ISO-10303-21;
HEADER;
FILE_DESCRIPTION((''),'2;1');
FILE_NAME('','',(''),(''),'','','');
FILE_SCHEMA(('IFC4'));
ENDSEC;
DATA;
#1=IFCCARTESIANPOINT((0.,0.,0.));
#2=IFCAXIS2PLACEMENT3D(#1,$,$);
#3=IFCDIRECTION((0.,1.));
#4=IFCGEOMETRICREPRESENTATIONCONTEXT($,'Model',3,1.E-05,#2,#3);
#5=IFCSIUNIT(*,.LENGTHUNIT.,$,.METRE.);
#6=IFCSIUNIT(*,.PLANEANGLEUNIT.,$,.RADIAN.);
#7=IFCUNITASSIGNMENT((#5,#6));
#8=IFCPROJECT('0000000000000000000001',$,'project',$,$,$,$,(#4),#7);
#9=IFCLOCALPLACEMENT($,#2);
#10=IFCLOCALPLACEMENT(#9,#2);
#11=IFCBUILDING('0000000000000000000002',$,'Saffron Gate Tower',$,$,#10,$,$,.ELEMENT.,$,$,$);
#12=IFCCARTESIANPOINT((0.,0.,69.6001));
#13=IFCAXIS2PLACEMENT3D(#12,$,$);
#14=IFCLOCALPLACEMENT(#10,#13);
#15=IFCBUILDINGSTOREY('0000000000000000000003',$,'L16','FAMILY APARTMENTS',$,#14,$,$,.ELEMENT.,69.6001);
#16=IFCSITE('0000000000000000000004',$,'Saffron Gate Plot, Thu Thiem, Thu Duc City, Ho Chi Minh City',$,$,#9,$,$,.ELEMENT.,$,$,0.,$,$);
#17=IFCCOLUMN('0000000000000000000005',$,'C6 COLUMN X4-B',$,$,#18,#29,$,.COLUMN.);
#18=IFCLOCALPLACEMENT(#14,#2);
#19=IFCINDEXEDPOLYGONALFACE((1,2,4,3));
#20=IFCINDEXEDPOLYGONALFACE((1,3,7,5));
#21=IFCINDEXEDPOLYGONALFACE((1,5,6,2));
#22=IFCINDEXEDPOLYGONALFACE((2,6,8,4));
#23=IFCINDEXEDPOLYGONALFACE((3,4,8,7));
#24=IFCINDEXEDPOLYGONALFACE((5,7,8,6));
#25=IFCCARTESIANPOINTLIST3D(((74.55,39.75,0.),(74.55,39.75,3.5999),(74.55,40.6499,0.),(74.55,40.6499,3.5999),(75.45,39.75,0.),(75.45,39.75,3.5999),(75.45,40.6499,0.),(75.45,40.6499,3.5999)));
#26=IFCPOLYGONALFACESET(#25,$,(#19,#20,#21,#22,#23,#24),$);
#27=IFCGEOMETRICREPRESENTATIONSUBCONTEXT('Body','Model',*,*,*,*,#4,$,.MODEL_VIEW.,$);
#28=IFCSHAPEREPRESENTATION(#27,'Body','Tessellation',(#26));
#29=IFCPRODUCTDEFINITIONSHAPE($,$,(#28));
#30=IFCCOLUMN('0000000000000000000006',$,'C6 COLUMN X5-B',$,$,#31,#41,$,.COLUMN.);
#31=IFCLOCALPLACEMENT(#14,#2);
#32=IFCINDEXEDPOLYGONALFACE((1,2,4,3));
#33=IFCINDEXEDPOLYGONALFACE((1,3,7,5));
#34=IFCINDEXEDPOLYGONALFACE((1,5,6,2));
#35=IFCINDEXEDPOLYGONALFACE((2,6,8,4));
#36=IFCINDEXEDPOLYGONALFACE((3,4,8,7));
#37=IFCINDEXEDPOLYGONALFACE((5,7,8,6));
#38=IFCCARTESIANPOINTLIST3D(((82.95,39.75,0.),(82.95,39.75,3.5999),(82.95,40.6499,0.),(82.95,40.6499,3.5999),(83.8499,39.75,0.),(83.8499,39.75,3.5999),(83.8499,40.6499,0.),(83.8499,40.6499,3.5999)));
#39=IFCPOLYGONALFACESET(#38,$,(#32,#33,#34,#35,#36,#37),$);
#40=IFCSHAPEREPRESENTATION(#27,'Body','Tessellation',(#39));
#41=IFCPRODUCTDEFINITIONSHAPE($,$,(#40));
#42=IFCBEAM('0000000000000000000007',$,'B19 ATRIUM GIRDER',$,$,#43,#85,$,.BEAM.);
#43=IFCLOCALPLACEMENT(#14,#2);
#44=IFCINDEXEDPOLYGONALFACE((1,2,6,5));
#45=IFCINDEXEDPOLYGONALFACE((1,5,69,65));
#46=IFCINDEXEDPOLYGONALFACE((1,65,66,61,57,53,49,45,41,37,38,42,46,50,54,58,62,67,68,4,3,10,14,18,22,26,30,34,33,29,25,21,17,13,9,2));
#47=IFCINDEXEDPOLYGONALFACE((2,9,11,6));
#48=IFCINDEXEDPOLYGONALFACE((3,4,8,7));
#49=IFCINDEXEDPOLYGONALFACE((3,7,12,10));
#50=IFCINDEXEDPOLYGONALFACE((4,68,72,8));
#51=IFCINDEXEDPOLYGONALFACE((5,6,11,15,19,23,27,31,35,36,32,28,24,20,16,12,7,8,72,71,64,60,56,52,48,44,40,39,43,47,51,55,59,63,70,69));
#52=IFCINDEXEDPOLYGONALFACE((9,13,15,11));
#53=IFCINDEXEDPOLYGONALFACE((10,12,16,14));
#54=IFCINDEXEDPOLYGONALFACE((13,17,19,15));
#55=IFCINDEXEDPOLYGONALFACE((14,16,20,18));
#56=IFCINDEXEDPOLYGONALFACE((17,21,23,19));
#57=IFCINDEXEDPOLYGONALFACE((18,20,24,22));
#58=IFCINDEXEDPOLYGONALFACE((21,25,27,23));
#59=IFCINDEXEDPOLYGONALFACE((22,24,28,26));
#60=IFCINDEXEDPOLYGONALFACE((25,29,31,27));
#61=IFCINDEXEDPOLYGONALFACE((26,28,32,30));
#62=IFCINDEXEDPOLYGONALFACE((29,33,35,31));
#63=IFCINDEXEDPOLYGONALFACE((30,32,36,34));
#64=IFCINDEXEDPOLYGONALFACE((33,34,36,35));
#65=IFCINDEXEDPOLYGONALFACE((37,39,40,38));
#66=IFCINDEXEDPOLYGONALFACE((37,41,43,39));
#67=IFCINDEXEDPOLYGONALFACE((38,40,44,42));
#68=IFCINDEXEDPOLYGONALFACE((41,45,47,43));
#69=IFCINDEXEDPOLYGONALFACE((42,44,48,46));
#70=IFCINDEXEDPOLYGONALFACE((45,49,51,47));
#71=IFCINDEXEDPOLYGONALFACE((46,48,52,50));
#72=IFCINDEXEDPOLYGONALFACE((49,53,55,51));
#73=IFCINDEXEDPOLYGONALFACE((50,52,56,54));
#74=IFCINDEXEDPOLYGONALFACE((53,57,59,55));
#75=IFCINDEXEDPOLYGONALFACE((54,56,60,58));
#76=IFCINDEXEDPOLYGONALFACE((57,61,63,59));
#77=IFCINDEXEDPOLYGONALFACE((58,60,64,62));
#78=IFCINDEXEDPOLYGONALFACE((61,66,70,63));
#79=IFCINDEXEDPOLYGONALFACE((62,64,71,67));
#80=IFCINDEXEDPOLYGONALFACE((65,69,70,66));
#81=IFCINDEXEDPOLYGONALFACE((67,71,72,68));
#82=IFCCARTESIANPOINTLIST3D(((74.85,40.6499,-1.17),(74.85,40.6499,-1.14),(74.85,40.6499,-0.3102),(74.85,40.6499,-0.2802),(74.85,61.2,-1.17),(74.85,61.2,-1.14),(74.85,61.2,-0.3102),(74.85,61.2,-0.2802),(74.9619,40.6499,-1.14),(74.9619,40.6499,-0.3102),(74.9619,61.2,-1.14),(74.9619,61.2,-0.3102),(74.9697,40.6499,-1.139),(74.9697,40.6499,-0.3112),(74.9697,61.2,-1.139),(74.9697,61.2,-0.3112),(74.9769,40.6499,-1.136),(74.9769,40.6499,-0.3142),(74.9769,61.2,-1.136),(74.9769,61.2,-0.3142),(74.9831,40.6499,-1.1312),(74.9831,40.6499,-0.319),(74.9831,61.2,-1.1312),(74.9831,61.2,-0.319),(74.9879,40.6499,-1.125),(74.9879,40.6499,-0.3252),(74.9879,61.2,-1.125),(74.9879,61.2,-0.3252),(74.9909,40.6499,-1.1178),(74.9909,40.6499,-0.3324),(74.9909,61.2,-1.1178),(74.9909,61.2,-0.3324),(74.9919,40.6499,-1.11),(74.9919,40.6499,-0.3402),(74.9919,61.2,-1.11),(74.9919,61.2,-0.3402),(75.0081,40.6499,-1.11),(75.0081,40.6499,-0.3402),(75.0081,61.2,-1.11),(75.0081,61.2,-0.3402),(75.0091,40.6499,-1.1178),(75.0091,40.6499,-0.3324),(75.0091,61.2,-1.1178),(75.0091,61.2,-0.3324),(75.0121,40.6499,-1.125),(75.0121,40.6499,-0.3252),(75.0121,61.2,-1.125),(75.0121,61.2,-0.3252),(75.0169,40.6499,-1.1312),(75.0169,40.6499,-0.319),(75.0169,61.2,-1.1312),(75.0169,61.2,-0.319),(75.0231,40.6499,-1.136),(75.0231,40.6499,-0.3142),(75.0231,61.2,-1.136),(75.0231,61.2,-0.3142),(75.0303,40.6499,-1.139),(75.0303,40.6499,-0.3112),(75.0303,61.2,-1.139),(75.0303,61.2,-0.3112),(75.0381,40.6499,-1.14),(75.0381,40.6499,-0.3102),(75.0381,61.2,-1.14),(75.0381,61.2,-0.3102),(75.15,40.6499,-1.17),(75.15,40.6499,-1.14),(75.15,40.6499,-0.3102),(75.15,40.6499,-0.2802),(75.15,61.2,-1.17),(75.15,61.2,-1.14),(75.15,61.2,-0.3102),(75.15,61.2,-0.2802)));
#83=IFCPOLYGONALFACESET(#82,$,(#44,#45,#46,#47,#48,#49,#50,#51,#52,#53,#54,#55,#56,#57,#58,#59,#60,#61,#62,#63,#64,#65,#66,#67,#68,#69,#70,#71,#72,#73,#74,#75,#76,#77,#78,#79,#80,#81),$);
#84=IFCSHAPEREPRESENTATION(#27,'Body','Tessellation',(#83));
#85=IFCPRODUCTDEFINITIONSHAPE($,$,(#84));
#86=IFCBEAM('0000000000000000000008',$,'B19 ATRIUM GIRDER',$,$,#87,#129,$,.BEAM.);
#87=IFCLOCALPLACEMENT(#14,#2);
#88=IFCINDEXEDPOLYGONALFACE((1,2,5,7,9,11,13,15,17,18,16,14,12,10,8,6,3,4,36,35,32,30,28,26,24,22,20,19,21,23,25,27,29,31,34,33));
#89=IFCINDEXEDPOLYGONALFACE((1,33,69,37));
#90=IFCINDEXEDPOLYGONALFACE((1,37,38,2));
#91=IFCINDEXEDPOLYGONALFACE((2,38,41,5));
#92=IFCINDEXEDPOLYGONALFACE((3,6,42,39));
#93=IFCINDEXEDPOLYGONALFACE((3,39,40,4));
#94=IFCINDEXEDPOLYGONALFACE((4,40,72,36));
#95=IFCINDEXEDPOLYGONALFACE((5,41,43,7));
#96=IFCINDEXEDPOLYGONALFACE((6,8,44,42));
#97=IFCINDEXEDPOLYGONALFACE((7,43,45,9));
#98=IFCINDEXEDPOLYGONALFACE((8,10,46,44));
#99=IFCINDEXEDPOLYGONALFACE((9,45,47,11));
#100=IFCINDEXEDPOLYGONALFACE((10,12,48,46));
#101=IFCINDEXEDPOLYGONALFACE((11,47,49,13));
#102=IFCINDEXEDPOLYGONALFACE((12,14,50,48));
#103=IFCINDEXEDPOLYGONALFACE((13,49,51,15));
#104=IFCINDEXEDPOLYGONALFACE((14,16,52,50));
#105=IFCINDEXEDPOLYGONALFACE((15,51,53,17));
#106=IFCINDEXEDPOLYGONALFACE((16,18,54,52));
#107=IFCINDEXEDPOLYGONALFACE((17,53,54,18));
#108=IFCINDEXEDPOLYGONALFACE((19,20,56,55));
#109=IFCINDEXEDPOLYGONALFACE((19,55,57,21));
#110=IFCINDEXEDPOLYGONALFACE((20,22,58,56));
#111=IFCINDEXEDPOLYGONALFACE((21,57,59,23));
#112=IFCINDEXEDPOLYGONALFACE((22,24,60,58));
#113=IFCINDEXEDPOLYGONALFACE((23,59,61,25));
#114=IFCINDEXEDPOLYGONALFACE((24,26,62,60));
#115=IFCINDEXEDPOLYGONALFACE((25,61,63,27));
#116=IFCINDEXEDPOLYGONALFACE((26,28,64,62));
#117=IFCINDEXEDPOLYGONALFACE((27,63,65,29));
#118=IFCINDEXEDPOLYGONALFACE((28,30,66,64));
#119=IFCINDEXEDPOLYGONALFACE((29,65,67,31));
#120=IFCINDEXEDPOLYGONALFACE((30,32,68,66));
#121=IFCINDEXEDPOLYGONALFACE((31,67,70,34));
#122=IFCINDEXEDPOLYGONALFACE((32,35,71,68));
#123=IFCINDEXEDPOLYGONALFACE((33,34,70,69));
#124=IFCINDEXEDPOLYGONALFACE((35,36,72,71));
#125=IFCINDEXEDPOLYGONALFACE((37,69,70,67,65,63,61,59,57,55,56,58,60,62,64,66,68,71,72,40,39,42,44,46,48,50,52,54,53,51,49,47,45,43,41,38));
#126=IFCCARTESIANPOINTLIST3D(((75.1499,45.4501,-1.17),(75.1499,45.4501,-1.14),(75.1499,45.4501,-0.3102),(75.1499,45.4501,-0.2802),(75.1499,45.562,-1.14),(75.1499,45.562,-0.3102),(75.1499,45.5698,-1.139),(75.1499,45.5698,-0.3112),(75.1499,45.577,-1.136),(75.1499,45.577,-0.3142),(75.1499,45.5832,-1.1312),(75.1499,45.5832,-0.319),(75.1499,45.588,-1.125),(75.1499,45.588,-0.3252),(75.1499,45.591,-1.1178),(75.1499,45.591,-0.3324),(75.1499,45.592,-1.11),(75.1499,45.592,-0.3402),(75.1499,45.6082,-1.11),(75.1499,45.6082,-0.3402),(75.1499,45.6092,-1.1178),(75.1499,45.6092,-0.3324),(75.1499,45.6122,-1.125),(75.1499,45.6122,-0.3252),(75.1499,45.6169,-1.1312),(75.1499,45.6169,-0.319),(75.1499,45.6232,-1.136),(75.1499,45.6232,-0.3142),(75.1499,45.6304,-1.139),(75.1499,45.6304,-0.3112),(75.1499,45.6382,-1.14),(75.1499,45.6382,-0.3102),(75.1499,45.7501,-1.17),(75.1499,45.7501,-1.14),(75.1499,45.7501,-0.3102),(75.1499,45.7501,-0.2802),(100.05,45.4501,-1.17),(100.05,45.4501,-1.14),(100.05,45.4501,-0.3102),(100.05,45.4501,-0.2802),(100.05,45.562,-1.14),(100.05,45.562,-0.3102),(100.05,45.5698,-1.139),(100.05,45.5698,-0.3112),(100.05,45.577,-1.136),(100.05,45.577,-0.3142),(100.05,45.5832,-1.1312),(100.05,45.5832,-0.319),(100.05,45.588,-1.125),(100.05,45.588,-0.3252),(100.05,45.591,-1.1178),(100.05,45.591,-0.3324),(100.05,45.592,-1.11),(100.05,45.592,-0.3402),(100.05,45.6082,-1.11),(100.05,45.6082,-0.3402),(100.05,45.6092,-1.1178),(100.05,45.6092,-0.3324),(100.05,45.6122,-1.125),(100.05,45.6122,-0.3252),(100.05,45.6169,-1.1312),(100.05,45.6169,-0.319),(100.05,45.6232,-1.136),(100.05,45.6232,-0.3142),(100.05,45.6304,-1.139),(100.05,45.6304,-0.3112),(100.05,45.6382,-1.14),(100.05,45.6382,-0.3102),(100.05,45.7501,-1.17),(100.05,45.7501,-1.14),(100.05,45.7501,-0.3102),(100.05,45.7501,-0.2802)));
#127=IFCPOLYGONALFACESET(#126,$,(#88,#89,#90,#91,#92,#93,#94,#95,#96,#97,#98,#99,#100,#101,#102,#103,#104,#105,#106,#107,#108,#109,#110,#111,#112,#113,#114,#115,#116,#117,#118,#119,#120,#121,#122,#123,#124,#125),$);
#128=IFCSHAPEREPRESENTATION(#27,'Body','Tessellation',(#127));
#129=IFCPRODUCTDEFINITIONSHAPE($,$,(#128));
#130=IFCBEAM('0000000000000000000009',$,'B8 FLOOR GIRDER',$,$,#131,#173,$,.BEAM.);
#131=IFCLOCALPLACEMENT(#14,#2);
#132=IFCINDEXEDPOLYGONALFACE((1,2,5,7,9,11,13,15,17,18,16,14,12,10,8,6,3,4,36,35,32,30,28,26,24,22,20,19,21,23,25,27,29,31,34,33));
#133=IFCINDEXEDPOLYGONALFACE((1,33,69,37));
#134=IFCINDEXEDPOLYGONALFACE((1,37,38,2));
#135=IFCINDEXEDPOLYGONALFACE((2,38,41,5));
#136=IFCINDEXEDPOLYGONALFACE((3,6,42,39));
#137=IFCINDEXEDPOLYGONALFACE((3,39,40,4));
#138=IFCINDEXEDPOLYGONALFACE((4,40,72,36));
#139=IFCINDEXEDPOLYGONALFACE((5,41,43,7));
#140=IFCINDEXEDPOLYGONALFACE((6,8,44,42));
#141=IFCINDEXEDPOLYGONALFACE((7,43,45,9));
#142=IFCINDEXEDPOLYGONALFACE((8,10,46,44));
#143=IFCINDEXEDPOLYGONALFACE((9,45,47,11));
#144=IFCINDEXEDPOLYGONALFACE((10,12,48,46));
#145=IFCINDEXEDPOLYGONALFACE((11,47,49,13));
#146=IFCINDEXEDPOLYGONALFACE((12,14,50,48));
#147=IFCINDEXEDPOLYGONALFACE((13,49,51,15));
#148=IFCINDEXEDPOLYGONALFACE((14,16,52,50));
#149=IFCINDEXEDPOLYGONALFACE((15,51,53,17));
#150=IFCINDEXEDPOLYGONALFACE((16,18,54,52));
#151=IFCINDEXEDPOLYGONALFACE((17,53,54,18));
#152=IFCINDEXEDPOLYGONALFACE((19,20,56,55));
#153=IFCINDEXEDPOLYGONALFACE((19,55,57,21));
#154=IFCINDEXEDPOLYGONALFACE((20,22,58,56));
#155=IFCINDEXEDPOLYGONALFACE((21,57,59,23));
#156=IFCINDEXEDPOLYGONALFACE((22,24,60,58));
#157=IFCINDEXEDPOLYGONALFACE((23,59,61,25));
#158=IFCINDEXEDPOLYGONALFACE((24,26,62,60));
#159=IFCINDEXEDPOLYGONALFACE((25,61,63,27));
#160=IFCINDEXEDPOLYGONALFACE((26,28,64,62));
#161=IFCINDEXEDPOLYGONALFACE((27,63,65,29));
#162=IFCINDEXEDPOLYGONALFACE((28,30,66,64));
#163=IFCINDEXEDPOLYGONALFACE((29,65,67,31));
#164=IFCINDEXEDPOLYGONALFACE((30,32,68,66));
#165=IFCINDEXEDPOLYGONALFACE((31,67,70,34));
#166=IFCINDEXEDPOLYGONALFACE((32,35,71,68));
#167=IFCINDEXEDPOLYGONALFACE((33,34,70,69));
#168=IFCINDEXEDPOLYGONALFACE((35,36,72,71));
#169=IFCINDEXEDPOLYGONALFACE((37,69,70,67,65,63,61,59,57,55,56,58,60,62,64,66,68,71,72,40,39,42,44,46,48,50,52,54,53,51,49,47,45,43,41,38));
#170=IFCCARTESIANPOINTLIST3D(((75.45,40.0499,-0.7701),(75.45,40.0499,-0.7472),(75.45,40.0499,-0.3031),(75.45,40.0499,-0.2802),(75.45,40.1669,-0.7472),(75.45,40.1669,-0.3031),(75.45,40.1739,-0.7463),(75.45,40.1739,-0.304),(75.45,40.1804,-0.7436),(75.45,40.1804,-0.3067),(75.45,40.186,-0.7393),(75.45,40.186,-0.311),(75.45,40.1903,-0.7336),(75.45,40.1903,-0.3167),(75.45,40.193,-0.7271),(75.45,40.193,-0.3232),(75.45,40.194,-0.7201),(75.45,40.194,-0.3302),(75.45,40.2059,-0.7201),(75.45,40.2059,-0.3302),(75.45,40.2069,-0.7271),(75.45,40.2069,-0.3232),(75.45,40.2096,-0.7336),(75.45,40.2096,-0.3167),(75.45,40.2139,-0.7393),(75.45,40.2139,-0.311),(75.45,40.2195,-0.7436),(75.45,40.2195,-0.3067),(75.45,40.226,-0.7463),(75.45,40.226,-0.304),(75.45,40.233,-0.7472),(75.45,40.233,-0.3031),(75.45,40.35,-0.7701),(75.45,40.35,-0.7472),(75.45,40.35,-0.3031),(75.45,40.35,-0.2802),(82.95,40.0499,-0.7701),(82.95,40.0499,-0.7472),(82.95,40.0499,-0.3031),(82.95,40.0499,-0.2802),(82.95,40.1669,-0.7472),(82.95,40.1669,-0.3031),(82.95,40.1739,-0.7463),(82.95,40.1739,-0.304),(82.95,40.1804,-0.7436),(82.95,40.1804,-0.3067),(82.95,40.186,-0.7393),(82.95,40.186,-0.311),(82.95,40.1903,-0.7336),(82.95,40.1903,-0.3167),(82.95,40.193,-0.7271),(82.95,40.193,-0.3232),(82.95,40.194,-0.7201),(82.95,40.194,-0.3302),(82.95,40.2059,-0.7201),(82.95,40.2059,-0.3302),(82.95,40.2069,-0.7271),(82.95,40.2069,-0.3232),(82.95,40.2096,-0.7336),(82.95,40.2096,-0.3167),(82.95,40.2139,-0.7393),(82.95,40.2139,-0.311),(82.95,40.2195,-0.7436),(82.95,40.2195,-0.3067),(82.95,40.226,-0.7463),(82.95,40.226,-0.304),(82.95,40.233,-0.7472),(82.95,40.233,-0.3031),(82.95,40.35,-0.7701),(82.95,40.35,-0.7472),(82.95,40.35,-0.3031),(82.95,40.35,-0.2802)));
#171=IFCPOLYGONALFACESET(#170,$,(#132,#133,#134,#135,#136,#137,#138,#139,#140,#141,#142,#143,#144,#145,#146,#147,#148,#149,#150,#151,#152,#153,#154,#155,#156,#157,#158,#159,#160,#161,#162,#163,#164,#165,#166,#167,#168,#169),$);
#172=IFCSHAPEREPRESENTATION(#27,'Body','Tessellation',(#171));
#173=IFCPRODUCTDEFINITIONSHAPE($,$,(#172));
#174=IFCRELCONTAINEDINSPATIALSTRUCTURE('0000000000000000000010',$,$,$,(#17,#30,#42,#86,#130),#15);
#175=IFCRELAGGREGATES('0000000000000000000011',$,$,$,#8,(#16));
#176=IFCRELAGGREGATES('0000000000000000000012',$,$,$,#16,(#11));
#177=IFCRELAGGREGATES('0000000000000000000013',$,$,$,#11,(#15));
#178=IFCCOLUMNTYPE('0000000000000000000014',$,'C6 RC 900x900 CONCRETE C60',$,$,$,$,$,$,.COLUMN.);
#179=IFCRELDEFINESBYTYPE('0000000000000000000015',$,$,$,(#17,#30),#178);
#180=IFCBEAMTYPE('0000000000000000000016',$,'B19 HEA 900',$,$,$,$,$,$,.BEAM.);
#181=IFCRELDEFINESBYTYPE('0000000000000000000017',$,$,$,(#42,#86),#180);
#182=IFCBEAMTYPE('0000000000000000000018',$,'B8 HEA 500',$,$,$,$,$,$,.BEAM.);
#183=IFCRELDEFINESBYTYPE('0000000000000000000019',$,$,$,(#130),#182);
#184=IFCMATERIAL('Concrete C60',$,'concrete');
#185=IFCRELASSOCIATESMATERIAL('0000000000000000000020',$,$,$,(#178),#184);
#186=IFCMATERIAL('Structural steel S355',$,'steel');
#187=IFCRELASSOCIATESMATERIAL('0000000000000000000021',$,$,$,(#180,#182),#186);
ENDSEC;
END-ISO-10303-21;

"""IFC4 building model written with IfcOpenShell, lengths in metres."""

from ifc_helpers import new_model, si_unit, direction, frame, origin, origin_2d, place, context, subcontext, project, spatial, rectangle, i_section, extrude, material, material_profile, profile_set, type_object, element, save


model = new_model("IFC4")

# Units and contexts
model_context = context("Model", 3, precision=1e-05, world=origin(), true_north=direction((0.0, 1.0)))
body_context = subcontext(model_context, "Body", "Model", "MODEL_VIEW")
ifc_project = project(units=[si_unit("LENGTHUNIT", "METRE"), si_unit("PLANEANGLEUNIT", "RADIAN")], contexts=[model_context])

# Site, building, storey
site_placement = place(None, origin())
site = spatial("IfcSite", under=ifc_project, at=site_placement, Name="Saffron Gate Plot, Thu Thiem, Thu Duc City, Ho Chi Minh City", CompositionType="ELEMENT", RefElevation=0.0)
building_placement = place(site_placement, origin())
building = spatial("IfcBuilding", under=site, at=building_placement, Name="Saffron Gate Tower", CompositionType="ELEMENT")
storey_placement = place(building_placement, frame((0.0, 0.0, 69.6001)))
storey = spatial("IfcBuildingStorey", under=building, at=storey_placement, Name="L16", Description="FAMILY APARTMENTS", CompositionType="ELEMENT", Elevation=69.6001)

# Columns
ifc_material_1 = material(Name="Concrete C60", Category="concrete")
ifc_material_profile_1 = material_profile(ifc_material_1, rectangle(XDim=0.8999, YDim=0.8999, at=origin_2d()))
ifc_profile_set_1 = profile_set([ifc_material_profile_1], Name="Concrete C60")
column_type = type_object("IfcColumnType", Name="C6 RC 900x900 CONCRETE C60", PredefinedType="COLUMN", material=ifc_profile_set_1)
for number, where, z_axis, x_axis, name in (
    (1, (75.0, 40.2, 0.0), (0.0, 0.0, 1.0), (1.0, 0.0, 0.0), "C6 COLUMN X4-B"),
    (2, (83.3999, 40.2, 0.0), (0.0, 0.0, 1.0), (1.0, 0.0, 0.0), "C6 COLUMN X5-B"),
):
    element("IfcColumn", number, at=place(storey_placement, frame(where, z_axis=z_axis, x_axis=x_axis)), inside=storey, type_object=column_type, Name=name, PredefinedType="COLUMN", context=body_context, shape_type="SweptSolid", body=[
        extrude(rectangle(XDim=0.8999, YDim=0.8999, at=origin_2d()), origin(), (0.0, 0.0, 1.0), 3.5999),
    ])

# Beams
ifc_material_2 = material(Name="Structural steel S355", Category="steel")
ifc_material_profile_2 = material_profile(ifc_material_2, i_section(OverallWidth=0.3, OverallDepth=0.8899, WebThickness=0.0161, FlangeThickness=0.03, FilletRadius=0.03, at=origin_2d()))
ifc_profile_set_2 = profile_set([ifc_material_profile_2], Name="Structural steel S355")
beam_type_1 = type_object("IfcBeamType", Name="B19 HEA 900", PredefinedType="BEAM", material=ifc_profile_set_2)
beam_1_placement = place(storey_placement, frame((75.0, 40.6499, -0.7251), z_axis=(0.0, 1.0, 0.0), x_axis=(-1.0, 0.0, 0.0)))
element("IfcBeam", 3, at=beam_1_placement, inside=storey, type_object=beam_type_1, Name="B19 ATRIUM GIRDER", PredefinedType="BEAM", context=body_context, shape_type="SweptSolid", body=[
    extrude(i_section(OverallWidth=0.3, OverallDepth=0.8899, WebThickness=0.0161, FlangeThickness=0.03, FilletRadius=0.03, at=origin_2d()), origin(), (0.0, 0.0, 1.0), 20.55),
])
beam_2_placement = place(storey_placement, frame((75.1499, 45.6001, -0.7251), z_axis=(1.0, 0.0, 0.0), x_axis=(0.0, 1.0, 0.0)))
element("IfcBeam", 4, at=beam_2_placement, inside=storey, type_object=beam_type_1, Name="B19 ATRIUM GIRDER", PredefinedType="BEAM", context=body_context, shape_type="SweptSolid", body=[
    extrude(i_section(OverallWidth=0.3, OverallDepth=0.8899, WebThickness=0.0161, FlangeThickness=0.03, FilletRadius=0.03, at=origin_2d()), origin(), (0.0, 0.0, 1.0), 24.9001),
])
ifc_material_profile_3 = material_profile(ifc_material_2, i_section(OverallWidth=0.3, OverallDepth=0.49, WebThickness=0.012, FlangeThickness=0.0229, FilletRadius=0.0271, at=origin_2d()))
ifc_profile_set_3 = profile_set([ifc_material_profile_3], Name="Structural steel S355")
beam_type_2 = type_object("IfcBeamType", Name="B8 HEA 500", PredefinedType="BEAM", material=ifc_profile_set_3)
beam_3_placement = place(storey_placement, frame((75.45, 40.2, -0.5251), z_axis=(1.0, 0.0, 0.0), x_axis=(0.0, 1.0, 0.0)))
element("IfcBeam", 5, at=beam_3_placement, inside=storey, type_object=beam_type_2, Name="B8 FLOOR GIRDER", PredefinedType="BEAM", context=body_context, shape_type="SweptSolid", body=[
    extrude(i_section(OverallWidth=0.3, OverallDepth=0.49, WebThickness=0.012, FlangeThickness=0.0229, FilletRadius=0.0271, at=origin_2d()), origin(), (0.0, 0.0, 1.0), 7.5),
])

save(model, "model.ifc")
